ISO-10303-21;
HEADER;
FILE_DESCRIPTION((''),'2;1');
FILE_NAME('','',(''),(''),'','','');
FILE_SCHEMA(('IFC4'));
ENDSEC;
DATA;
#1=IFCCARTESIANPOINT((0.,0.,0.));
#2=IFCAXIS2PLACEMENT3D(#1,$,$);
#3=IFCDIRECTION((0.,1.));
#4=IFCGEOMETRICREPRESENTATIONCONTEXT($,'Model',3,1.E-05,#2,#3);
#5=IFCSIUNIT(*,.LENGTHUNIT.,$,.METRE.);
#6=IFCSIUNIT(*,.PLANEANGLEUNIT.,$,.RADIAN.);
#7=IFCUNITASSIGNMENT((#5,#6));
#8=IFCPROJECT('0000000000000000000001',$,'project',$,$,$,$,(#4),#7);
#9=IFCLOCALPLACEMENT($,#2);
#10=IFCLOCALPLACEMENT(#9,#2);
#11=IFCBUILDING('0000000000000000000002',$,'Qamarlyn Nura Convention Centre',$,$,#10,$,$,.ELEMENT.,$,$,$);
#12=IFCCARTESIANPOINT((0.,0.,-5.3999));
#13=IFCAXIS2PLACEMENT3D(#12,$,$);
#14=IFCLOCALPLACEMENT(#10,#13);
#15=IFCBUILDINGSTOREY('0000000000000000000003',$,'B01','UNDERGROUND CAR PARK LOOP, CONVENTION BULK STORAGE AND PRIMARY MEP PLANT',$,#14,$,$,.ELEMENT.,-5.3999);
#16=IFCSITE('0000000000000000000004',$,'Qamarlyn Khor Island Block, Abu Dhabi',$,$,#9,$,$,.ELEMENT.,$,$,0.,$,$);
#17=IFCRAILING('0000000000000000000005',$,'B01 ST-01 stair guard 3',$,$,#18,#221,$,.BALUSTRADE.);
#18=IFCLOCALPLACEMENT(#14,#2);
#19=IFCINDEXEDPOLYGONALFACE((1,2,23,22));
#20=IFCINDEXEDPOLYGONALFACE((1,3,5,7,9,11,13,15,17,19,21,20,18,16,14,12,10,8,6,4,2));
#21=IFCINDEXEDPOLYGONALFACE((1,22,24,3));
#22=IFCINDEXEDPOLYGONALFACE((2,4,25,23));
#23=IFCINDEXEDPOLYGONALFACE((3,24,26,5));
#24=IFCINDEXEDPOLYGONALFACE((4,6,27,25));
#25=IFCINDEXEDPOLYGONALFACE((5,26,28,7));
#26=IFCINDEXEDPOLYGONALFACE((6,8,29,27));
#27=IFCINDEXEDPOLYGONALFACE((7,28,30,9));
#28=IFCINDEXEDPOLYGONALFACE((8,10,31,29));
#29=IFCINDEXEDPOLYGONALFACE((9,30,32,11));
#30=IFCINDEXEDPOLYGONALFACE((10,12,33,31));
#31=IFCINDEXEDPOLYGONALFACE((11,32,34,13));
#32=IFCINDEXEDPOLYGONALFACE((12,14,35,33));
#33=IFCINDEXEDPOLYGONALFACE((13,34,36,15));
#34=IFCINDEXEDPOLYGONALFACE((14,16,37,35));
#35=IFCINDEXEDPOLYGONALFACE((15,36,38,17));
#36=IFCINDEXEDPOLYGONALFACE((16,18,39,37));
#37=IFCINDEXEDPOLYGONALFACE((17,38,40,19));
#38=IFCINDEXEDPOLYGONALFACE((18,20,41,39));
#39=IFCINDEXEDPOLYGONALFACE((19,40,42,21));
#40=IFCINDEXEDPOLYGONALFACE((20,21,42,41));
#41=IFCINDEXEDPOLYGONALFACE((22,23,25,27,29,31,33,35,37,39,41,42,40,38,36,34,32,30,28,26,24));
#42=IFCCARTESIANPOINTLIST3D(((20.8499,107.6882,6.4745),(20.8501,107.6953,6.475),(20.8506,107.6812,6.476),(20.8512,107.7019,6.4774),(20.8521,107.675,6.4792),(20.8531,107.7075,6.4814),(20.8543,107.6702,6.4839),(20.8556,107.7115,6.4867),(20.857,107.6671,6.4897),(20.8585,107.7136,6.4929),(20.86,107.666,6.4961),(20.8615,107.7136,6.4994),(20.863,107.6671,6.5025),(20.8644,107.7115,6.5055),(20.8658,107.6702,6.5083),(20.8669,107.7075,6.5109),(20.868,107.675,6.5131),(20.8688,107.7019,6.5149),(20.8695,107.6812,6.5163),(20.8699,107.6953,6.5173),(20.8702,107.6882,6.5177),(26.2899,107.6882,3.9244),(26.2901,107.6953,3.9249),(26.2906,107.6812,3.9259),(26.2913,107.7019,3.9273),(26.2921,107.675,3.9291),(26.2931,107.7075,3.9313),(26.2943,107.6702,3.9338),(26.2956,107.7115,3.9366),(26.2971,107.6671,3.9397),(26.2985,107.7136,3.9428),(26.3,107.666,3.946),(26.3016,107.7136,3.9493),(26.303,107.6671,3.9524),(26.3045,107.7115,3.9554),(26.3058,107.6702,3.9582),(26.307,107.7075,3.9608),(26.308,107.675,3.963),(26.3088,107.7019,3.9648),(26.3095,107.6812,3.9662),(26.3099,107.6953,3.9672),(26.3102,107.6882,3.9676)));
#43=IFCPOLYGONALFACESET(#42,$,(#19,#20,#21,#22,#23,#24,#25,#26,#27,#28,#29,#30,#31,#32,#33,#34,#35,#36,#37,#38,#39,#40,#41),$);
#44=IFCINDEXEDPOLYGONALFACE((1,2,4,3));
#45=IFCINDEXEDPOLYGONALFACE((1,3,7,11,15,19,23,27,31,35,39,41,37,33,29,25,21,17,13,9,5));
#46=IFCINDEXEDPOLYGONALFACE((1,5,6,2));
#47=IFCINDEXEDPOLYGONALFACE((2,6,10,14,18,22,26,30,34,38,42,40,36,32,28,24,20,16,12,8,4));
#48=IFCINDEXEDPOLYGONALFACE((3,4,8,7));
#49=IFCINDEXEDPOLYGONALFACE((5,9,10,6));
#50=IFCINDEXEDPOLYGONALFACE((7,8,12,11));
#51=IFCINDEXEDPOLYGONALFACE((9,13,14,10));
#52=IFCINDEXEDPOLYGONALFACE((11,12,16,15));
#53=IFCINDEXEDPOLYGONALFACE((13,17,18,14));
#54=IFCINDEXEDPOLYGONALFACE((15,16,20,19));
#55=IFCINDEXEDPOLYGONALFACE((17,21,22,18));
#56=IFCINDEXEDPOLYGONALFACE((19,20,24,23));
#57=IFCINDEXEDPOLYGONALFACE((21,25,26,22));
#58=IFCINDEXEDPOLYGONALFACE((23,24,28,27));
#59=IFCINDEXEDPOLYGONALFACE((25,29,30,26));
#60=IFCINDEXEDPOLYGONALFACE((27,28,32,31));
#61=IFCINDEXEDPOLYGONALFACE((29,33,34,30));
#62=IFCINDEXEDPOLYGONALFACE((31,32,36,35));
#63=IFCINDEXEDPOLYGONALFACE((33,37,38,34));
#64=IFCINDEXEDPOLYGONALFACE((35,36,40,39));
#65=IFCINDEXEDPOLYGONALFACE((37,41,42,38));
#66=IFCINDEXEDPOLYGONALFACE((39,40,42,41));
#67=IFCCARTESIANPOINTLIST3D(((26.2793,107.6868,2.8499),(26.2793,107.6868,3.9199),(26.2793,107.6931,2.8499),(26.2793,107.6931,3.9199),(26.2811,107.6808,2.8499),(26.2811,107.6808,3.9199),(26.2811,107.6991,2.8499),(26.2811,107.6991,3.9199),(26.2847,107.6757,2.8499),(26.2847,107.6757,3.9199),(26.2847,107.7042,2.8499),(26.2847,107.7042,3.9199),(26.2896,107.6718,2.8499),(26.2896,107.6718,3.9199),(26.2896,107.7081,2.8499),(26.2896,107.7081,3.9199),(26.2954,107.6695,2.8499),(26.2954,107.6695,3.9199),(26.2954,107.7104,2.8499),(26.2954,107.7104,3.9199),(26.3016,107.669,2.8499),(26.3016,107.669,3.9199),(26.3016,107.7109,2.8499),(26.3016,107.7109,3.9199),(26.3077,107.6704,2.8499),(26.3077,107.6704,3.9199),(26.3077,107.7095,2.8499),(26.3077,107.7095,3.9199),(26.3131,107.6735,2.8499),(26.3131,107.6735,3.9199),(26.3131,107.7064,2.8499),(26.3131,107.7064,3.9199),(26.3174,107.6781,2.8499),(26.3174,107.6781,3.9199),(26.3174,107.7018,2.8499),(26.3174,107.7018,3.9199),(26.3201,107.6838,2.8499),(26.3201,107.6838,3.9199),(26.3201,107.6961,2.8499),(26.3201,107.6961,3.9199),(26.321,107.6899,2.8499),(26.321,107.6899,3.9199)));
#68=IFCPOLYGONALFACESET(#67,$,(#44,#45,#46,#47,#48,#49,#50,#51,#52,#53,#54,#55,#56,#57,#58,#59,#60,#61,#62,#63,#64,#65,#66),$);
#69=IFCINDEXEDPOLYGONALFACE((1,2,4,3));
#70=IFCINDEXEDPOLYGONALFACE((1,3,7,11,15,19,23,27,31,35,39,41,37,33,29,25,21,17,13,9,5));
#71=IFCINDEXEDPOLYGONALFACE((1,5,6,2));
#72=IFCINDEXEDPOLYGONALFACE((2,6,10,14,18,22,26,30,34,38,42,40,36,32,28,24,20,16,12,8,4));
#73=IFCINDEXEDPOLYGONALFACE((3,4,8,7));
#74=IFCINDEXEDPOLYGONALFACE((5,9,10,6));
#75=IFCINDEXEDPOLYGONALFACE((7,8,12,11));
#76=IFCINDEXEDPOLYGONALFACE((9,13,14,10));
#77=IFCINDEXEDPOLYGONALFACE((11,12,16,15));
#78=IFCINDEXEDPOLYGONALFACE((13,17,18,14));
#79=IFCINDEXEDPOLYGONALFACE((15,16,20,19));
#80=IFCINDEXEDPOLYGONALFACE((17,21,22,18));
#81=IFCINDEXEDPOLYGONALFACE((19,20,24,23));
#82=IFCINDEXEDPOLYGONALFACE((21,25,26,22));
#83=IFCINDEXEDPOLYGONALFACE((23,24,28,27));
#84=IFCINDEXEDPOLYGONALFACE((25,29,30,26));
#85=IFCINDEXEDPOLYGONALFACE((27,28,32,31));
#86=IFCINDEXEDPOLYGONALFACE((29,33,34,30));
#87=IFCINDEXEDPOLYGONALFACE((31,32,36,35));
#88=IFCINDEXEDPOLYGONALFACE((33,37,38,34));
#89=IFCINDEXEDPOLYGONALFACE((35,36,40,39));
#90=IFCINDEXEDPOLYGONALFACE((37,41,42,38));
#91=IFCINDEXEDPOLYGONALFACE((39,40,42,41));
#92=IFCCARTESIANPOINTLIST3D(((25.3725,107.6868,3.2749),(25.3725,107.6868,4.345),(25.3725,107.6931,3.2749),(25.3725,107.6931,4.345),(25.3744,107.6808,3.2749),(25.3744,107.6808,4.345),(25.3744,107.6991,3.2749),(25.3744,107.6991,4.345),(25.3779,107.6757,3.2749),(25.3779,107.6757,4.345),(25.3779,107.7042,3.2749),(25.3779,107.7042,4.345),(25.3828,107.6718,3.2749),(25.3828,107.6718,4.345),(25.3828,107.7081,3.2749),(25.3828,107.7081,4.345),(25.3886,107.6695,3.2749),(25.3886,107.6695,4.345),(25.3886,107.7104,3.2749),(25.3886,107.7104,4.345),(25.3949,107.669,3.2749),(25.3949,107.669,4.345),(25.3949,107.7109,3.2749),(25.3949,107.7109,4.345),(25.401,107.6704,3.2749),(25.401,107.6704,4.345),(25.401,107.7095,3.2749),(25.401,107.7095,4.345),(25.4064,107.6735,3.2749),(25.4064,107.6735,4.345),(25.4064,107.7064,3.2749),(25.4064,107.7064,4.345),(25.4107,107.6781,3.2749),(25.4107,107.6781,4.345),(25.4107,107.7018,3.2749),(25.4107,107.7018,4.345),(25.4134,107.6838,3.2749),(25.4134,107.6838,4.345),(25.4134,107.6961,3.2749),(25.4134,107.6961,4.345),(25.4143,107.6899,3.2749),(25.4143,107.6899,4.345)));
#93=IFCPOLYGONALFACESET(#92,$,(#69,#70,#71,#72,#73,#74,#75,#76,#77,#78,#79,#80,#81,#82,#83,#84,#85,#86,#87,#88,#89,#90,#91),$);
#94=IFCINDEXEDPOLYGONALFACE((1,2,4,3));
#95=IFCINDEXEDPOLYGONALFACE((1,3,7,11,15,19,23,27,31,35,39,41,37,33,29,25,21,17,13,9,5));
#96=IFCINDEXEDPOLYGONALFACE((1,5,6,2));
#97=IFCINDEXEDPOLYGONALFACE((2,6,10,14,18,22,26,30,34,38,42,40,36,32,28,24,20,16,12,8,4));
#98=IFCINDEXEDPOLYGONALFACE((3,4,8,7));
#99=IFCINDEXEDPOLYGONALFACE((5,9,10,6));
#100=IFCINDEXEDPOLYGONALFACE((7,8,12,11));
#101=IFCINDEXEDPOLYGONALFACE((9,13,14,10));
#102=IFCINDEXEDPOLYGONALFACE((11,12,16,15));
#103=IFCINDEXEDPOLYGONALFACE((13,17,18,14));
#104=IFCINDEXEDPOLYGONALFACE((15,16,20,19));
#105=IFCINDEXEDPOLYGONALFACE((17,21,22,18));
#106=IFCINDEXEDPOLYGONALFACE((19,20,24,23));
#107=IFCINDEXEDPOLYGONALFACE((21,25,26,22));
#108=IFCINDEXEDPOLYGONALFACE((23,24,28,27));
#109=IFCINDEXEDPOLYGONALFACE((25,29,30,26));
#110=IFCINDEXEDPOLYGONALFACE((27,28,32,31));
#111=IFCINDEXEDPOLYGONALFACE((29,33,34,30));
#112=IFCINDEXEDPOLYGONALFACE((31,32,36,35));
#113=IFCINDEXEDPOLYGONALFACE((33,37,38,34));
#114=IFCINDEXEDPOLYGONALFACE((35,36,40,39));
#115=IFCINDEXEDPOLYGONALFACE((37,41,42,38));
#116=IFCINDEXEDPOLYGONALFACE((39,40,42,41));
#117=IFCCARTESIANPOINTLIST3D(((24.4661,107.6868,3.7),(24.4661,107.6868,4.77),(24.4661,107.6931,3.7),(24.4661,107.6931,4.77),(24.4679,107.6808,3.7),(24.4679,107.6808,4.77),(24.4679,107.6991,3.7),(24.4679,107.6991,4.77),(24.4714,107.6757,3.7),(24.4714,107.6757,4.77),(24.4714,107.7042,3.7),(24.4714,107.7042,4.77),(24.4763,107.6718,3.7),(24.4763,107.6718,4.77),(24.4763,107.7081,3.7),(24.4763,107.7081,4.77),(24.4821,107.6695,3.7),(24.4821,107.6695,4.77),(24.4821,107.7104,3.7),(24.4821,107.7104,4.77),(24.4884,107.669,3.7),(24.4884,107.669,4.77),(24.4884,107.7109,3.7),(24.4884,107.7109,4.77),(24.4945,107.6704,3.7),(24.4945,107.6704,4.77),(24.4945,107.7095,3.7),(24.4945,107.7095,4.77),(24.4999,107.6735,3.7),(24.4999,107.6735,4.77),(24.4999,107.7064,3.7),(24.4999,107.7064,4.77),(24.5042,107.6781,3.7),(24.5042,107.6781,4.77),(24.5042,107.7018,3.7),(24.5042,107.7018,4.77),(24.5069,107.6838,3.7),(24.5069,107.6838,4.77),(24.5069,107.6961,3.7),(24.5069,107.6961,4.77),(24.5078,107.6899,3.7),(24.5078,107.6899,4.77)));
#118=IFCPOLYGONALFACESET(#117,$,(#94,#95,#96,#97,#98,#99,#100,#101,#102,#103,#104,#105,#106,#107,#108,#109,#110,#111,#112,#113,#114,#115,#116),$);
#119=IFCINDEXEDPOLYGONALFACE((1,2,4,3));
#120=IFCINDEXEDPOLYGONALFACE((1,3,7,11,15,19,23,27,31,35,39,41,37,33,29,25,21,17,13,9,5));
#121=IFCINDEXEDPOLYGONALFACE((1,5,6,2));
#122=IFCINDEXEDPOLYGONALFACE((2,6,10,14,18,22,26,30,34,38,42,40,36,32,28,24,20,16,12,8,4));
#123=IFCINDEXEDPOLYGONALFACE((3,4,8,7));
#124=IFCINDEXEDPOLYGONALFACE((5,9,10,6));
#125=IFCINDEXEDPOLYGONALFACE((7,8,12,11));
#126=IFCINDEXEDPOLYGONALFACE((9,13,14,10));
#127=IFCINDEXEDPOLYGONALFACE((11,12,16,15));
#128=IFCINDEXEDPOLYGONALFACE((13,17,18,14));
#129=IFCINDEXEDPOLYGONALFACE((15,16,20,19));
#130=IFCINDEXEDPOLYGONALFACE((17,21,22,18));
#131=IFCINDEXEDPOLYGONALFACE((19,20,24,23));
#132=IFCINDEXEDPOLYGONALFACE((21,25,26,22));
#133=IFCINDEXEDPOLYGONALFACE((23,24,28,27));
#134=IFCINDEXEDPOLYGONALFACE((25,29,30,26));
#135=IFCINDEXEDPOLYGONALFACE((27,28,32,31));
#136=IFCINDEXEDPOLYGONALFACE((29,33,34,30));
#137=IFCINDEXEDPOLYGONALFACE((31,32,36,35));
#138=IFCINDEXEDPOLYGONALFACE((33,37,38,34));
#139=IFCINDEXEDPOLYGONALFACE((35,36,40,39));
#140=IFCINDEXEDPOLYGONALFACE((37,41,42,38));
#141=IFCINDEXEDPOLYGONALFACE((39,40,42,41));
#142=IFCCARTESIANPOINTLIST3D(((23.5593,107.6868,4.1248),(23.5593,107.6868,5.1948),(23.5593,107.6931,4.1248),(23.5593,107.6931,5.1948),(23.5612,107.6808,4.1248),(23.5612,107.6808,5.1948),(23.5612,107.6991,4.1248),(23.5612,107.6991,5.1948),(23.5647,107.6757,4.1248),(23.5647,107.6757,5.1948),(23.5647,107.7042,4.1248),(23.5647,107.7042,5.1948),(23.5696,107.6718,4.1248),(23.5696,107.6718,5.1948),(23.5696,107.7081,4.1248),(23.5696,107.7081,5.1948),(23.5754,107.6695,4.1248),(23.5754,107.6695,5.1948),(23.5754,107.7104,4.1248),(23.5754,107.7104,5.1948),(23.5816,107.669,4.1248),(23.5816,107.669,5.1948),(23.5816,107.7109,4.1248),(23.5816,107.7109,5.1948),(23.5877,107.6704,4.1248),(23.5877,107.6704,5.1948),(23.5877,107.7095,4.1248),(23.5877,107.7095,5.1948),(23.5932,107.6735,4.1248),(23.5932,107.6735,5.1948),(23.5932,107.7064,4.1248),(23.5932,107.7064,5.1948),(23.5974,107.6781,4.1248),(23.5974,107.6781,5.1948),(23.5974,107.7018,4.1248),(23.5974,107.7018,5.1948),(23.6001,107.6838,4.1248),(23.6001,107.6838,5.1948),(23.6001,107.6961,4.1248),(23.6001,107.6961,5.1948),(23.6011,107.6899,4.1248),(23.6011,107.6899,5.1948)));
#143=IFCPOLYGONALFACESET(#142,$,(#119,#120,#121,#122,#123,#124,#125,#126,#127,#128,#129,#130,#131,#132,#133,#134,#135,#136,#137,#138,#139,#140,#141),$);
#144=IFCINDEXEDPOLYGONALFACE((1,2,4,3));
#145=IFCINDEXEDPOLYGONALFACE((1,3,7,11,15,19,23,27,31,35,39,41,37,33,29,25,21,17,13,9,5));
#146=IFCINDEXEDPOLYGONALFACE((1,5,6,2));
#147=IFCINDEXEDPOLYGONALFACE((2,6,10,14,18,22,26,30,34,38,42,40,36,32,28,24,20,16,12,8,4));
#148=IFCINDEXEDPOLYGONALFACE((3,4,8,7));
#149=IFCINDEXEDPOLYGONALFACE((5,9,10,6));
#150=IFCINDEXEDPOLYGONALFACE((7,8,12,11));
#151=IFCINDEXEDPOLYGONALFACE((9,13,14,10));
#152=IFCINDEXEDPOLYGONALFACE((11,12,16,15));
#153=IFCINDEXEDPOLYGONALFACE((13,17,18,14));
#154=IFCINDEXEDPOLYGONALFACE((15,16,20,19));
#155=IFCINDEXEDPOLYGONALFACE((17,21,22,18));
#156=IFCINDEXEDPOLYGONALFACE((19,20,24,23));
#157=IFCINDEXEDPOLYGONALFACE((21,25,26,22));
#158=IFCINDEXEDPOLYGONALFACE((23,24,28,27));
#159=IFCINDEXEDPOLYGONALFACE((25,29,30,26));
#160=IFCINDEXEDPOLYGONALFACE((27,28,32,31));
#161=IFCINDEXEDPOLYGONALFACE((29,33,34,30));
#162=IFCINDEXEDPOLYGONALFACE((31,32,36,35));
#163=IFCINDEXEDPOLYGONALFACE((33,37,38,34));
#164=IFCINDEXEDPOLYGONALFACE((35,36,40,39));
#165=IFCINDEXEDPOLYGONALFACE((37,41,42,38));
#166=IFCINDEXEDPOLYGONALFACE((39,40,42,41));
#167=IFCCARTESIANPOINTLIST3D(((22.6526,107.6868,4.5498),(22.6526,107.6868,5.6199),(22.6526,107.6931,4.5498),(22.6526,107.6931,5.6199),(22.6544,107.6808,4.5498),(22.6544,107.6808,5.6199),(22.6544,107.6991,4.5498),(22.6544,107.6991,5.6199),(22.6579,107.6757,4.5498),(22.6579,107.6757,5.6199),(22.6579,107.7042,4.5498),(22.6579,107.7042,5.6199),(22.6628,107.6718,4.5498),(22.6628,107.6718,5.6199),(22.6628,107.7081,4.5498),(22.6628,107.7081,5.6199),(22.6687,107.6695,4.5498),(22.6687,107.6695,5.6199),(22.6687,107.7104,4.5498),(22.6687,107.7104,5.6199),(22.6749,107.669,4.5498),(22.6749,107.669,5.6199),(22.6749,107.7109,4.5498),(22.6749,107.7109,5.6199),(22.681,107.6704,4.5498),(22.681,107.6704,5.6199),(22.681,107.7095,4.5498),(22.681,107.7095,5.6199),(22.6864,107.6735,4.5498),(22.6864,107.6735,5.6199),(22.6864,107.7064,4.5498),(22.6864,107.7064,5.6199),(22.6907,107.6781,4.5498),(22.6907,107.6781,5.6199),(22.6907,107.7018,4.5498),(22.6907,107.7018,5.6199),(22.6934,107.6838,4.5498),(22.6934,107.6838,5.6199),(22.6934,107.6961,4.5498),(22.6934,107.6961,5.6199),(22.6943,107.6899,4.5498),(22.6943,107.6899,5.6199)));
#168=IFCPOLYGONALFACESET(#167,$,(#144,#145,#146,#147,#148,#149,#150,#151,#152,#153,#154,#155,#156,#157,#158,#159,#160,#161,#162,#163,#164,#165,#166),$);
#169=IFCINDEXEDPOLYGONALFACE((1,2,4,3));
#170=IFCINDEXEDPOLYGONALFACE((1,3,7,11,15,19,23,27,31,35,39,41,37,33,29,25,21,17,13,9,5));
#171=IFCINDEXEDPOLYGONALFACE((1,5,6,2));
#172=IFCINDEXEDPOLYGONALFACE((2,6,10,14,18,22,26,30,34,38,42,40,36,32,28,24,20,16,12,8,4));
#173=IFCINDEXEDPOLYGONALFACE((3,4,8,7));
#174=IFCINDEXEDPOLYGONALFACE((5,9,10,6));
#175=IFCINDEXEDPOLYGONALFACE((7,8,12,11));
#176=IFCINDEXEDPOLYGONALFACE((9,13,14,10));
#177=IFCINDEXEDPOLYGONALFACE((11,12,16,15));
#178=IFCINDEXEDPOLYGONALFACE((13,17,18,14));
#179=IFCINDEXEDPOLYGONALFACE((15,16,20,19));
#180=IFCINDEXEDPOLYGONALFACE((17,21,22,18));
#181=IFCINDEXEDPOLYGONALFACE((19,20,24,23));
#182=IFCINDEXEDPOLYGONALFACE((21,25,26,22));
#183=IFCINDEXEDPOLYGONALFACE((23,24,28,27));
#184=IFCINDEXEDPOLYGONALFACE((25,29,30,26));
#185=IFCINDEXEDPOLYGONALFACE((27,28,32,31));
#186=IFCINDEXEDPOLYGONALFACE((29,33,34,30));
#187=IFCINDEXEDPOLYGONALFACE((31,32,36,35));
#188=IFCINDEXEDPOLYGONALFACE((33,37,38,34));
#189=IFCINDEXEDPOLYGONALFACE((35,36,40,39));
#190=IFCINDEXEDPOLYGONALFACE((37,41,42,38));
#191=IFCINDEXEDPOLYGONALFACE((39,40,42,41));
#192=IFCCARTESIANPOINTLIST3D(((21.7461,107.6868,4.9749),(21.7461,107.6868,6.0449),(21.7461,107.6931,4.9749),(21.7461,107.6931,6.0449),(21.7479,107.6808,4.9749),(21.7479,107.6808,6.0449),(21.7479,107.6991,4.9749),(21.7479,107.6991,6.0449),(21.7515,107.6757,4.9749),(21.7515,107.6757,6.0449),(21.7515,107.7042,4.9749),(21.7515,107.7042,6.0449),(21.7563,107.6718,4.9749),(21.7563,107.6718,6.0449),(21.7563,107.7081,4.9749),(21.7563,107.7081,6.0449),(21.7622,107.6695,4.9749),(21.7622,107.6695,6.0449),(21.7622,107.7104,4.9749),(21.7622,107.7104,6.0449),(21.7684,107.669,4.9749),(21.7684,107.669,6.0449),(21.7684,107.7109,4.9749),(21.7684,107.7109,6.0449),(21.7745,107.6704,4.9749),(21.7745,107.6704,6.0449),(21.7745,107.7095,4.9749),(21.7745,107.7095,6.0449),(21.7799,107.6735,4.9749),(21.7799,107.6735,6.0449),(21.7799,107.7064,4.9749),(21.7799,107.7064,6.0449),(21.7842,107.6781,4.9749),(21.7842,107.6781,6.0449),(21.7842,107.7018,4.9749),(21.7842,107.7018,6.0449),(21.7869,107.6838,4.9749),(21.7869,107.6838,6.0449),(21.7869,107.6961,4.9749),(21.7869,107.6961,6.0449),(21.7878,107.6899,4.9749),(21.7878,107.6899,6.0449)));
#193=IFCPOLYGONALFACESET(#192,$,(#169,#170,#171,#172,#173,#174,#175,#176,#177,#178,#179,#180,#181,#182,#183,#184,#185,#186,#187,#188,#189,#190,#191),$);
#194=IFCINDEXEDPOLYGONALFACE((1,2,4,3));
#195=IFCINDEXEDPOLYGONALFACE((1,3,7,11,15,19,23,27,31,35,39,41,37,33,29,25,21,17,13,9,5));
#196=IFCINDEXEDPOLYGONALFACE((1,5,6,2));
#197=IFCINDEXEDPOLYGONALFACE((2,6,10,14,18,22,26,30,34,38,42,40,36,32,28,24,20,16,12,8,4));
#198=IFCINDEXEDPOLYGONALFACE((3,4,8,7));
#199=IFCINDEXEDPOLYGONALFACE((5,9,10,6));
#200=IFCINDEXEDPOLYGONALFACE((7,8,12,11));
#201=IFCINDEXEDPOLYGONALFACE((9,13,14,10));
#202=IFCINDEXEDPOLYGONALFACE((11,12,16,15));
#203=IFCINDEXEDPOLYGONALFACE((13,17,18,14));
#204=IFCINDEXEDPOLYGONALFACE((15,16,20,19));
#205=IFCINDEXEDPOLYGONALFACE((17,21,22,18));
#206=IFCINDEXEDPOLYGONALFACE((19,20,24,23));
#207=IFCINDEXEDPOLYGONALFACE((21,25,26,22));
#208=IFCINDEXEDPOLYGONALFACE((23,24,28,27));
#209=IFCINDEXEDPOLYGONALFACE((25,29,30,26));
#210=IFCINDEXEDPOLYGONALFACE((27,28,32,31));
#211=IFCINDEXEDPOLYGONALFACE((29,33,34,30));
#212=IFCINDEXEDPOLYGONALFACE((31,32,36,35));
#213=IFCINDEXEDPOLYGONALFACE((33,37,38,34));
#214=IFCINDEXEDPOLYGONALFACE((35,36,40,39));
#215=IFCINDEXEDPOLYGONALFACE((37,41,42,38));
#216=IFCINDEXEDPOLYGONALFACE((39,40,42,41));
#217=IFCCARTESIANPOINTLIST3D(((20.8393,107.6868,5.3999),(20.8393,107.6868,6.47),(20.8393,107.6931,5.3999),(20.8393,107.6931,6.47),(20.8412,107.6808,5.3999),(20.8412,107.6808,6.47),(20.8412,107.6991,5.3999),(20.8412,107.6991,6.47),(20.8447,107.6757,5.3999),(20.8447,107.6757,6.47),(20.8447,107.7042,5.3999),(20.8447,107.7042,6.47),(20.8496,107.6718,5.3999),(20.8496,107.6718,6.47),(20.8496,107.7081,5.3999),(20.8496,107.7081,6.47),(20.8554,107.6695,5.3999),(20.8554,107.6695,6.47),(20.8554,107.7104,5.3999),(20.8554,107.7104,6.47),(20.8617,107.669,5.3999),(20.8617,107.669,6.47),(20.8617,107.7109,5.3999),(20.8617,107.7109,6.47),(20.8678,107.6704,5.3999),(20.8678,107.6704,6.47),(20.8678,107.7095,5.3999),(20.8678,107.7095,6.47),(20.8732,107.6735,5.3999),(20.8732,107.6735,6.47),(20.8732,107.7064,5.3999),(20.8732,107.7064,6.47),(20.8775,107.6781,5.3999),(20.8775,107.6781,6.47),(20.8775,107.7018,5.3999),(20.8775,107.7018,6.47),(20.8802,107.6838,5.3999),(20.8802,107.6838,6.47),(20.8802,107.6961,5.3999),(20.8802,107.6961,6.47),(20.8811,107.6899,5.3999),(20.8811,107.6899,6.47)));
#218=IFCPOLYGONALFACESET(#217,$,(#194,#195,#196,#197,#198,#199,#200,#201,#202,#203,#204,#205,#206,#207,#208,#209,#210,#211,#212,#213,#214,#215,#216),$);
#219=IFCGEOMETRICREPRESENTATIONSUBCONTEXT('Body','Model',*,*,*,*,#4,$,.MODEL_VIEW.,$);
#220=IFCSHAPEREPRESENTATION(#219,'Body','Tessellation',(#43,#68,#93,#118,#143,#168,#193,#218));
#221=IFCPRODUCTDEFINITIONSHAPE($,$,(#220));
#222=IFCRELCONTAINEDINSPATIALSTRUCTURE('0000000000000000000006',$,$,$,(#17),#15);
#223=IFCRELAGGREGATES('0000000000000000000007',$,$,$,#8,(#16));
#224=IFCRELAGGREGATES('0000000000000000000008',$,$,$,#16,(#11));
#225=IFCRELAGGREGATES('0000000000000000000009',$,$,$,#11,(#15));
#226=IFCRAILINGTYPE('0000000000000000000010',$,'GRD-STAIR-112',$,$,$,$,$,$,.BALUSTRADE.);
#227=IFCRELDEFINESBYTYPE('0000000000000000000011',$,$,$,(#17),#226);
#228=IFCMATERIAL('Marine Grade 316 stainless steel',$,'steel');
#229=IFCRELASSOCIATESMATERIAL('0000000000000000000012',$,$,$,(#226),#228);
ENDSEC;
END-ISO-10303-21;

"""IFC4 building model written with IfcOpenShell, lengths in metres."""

from ifc_helpers import new_model, si_unit, direction, frame, origin, origin_2d, place, context, subcontext, project, spatial, circle, extrude, material, type_object, element, save


model = new_model("IFC4")

# Units and contexts
model_context = context("Model", 3, precision=1e-05, world=origin(), true_north=direction((0.0, 1.0)))
body_context = subcontext(model_context, "Body", "Model", "MODEL_VIEW")
ifc_project = project(units=[si_unit("LENGTHUNIT", "METRE"), si_unit("PLANEANGLEUNIT", "RADIAN")], contexts=[model_context])

# Site, building, storey
site_placement = place(None, origin())
site = spatial("IfcSite", under=ifc_project, at=site_placement, Name="Qamarlyn Khor Island Block, Abu Dhabi", CompositionType="ELEMENT", RefElevation=0.0)
building_placement = place(site_placement, origin())
building = spatial("IfcBuilding", under=site, at=building_placement, Name="Qamarlyn Nura Convention Centre", CompositionType="ELEMENT")
storey_placement = place(building_placement, frame((0.0, 0.0, -5.3999)))
storey = spatial("IfcBuildingStorey", under=building, at=storey_placement, Name="B01", Description="UNDERGROUND CAR PARK LOOP, CONVENTION BULK STORAGE AND PRIMARY MEP PLANT", CompositionType="ELEMENT", Elevation=-5.3999)

# Railing
ifc_material_1 = material(Name="Marine Grade 316 stainless steel", Category="steel")
railing_type_1 = type_object("IfcRailingType", Name="GRD-STAIR-112", PredefinedType="BALUSTRADE", material=ifc_material_1)
railing_1_placement = place(storey_placement, frame((26.3, 107.6899, 2.8499)))
element("IfcRailing", 1, at=railing_1_placement, inside=storey, type_object=railing_type_1, Name="B01 ST-01 stair guard 3", PredefinedType="BALUSTRADE", context=body_context, shape_type="SweptSolid", body=[
    extrude(circle(Radius=0.0239, at=origin_2d()), frame((0.0, 0.0, 1.0962), z_axis=(-0.905454, 0.0, 0.424444), x_axis=(0.0, -1.0, 0.0)), (0.0, 0.0, 1.0), 6.0081),
    extrude(circle(Radius=0.021, at=origin_2d()), origin(), (0.0, 0.0, 1.0), 1.0701),
    extrude(circle(Radius=0.021, at=origin_2d()), frame((-0.9067, 0.0, 0.425)), (0.0, 0.0, 1.0), 1.0701),
    extrude(circle(Radius=0.021, at=origin_2d()), frame((-1.8132, 0.0, 0.8501)), (0.0, 0.0, 1.0), 1.0701),
    extrude(circle(Radius=0.021, at=origin_2d()), frame((-2.72, 0.0, 1.2749)), (0.0, 0.0, 1.0), 1.0701),
    extrude(circle(Radius=0.021, at=origin_2d()), frame((-3.6267, 0.0, 1.7)), (0.0, 0.0, 1.0), 1.0701),
    extrude(circle(Radius=0.021, at=origin_2d()), frame((-4.5332, 0.0, 2.125)), (0.0, 0.0, 1.0), 1.0701),
    extrude(circle(Radius=0.021, at=origin_2d()), frame((-5.4399, 0.0, 2.55)), (0.0, 0.0, 1.0), 1.0701),
])

save(model, "model.ifc")
